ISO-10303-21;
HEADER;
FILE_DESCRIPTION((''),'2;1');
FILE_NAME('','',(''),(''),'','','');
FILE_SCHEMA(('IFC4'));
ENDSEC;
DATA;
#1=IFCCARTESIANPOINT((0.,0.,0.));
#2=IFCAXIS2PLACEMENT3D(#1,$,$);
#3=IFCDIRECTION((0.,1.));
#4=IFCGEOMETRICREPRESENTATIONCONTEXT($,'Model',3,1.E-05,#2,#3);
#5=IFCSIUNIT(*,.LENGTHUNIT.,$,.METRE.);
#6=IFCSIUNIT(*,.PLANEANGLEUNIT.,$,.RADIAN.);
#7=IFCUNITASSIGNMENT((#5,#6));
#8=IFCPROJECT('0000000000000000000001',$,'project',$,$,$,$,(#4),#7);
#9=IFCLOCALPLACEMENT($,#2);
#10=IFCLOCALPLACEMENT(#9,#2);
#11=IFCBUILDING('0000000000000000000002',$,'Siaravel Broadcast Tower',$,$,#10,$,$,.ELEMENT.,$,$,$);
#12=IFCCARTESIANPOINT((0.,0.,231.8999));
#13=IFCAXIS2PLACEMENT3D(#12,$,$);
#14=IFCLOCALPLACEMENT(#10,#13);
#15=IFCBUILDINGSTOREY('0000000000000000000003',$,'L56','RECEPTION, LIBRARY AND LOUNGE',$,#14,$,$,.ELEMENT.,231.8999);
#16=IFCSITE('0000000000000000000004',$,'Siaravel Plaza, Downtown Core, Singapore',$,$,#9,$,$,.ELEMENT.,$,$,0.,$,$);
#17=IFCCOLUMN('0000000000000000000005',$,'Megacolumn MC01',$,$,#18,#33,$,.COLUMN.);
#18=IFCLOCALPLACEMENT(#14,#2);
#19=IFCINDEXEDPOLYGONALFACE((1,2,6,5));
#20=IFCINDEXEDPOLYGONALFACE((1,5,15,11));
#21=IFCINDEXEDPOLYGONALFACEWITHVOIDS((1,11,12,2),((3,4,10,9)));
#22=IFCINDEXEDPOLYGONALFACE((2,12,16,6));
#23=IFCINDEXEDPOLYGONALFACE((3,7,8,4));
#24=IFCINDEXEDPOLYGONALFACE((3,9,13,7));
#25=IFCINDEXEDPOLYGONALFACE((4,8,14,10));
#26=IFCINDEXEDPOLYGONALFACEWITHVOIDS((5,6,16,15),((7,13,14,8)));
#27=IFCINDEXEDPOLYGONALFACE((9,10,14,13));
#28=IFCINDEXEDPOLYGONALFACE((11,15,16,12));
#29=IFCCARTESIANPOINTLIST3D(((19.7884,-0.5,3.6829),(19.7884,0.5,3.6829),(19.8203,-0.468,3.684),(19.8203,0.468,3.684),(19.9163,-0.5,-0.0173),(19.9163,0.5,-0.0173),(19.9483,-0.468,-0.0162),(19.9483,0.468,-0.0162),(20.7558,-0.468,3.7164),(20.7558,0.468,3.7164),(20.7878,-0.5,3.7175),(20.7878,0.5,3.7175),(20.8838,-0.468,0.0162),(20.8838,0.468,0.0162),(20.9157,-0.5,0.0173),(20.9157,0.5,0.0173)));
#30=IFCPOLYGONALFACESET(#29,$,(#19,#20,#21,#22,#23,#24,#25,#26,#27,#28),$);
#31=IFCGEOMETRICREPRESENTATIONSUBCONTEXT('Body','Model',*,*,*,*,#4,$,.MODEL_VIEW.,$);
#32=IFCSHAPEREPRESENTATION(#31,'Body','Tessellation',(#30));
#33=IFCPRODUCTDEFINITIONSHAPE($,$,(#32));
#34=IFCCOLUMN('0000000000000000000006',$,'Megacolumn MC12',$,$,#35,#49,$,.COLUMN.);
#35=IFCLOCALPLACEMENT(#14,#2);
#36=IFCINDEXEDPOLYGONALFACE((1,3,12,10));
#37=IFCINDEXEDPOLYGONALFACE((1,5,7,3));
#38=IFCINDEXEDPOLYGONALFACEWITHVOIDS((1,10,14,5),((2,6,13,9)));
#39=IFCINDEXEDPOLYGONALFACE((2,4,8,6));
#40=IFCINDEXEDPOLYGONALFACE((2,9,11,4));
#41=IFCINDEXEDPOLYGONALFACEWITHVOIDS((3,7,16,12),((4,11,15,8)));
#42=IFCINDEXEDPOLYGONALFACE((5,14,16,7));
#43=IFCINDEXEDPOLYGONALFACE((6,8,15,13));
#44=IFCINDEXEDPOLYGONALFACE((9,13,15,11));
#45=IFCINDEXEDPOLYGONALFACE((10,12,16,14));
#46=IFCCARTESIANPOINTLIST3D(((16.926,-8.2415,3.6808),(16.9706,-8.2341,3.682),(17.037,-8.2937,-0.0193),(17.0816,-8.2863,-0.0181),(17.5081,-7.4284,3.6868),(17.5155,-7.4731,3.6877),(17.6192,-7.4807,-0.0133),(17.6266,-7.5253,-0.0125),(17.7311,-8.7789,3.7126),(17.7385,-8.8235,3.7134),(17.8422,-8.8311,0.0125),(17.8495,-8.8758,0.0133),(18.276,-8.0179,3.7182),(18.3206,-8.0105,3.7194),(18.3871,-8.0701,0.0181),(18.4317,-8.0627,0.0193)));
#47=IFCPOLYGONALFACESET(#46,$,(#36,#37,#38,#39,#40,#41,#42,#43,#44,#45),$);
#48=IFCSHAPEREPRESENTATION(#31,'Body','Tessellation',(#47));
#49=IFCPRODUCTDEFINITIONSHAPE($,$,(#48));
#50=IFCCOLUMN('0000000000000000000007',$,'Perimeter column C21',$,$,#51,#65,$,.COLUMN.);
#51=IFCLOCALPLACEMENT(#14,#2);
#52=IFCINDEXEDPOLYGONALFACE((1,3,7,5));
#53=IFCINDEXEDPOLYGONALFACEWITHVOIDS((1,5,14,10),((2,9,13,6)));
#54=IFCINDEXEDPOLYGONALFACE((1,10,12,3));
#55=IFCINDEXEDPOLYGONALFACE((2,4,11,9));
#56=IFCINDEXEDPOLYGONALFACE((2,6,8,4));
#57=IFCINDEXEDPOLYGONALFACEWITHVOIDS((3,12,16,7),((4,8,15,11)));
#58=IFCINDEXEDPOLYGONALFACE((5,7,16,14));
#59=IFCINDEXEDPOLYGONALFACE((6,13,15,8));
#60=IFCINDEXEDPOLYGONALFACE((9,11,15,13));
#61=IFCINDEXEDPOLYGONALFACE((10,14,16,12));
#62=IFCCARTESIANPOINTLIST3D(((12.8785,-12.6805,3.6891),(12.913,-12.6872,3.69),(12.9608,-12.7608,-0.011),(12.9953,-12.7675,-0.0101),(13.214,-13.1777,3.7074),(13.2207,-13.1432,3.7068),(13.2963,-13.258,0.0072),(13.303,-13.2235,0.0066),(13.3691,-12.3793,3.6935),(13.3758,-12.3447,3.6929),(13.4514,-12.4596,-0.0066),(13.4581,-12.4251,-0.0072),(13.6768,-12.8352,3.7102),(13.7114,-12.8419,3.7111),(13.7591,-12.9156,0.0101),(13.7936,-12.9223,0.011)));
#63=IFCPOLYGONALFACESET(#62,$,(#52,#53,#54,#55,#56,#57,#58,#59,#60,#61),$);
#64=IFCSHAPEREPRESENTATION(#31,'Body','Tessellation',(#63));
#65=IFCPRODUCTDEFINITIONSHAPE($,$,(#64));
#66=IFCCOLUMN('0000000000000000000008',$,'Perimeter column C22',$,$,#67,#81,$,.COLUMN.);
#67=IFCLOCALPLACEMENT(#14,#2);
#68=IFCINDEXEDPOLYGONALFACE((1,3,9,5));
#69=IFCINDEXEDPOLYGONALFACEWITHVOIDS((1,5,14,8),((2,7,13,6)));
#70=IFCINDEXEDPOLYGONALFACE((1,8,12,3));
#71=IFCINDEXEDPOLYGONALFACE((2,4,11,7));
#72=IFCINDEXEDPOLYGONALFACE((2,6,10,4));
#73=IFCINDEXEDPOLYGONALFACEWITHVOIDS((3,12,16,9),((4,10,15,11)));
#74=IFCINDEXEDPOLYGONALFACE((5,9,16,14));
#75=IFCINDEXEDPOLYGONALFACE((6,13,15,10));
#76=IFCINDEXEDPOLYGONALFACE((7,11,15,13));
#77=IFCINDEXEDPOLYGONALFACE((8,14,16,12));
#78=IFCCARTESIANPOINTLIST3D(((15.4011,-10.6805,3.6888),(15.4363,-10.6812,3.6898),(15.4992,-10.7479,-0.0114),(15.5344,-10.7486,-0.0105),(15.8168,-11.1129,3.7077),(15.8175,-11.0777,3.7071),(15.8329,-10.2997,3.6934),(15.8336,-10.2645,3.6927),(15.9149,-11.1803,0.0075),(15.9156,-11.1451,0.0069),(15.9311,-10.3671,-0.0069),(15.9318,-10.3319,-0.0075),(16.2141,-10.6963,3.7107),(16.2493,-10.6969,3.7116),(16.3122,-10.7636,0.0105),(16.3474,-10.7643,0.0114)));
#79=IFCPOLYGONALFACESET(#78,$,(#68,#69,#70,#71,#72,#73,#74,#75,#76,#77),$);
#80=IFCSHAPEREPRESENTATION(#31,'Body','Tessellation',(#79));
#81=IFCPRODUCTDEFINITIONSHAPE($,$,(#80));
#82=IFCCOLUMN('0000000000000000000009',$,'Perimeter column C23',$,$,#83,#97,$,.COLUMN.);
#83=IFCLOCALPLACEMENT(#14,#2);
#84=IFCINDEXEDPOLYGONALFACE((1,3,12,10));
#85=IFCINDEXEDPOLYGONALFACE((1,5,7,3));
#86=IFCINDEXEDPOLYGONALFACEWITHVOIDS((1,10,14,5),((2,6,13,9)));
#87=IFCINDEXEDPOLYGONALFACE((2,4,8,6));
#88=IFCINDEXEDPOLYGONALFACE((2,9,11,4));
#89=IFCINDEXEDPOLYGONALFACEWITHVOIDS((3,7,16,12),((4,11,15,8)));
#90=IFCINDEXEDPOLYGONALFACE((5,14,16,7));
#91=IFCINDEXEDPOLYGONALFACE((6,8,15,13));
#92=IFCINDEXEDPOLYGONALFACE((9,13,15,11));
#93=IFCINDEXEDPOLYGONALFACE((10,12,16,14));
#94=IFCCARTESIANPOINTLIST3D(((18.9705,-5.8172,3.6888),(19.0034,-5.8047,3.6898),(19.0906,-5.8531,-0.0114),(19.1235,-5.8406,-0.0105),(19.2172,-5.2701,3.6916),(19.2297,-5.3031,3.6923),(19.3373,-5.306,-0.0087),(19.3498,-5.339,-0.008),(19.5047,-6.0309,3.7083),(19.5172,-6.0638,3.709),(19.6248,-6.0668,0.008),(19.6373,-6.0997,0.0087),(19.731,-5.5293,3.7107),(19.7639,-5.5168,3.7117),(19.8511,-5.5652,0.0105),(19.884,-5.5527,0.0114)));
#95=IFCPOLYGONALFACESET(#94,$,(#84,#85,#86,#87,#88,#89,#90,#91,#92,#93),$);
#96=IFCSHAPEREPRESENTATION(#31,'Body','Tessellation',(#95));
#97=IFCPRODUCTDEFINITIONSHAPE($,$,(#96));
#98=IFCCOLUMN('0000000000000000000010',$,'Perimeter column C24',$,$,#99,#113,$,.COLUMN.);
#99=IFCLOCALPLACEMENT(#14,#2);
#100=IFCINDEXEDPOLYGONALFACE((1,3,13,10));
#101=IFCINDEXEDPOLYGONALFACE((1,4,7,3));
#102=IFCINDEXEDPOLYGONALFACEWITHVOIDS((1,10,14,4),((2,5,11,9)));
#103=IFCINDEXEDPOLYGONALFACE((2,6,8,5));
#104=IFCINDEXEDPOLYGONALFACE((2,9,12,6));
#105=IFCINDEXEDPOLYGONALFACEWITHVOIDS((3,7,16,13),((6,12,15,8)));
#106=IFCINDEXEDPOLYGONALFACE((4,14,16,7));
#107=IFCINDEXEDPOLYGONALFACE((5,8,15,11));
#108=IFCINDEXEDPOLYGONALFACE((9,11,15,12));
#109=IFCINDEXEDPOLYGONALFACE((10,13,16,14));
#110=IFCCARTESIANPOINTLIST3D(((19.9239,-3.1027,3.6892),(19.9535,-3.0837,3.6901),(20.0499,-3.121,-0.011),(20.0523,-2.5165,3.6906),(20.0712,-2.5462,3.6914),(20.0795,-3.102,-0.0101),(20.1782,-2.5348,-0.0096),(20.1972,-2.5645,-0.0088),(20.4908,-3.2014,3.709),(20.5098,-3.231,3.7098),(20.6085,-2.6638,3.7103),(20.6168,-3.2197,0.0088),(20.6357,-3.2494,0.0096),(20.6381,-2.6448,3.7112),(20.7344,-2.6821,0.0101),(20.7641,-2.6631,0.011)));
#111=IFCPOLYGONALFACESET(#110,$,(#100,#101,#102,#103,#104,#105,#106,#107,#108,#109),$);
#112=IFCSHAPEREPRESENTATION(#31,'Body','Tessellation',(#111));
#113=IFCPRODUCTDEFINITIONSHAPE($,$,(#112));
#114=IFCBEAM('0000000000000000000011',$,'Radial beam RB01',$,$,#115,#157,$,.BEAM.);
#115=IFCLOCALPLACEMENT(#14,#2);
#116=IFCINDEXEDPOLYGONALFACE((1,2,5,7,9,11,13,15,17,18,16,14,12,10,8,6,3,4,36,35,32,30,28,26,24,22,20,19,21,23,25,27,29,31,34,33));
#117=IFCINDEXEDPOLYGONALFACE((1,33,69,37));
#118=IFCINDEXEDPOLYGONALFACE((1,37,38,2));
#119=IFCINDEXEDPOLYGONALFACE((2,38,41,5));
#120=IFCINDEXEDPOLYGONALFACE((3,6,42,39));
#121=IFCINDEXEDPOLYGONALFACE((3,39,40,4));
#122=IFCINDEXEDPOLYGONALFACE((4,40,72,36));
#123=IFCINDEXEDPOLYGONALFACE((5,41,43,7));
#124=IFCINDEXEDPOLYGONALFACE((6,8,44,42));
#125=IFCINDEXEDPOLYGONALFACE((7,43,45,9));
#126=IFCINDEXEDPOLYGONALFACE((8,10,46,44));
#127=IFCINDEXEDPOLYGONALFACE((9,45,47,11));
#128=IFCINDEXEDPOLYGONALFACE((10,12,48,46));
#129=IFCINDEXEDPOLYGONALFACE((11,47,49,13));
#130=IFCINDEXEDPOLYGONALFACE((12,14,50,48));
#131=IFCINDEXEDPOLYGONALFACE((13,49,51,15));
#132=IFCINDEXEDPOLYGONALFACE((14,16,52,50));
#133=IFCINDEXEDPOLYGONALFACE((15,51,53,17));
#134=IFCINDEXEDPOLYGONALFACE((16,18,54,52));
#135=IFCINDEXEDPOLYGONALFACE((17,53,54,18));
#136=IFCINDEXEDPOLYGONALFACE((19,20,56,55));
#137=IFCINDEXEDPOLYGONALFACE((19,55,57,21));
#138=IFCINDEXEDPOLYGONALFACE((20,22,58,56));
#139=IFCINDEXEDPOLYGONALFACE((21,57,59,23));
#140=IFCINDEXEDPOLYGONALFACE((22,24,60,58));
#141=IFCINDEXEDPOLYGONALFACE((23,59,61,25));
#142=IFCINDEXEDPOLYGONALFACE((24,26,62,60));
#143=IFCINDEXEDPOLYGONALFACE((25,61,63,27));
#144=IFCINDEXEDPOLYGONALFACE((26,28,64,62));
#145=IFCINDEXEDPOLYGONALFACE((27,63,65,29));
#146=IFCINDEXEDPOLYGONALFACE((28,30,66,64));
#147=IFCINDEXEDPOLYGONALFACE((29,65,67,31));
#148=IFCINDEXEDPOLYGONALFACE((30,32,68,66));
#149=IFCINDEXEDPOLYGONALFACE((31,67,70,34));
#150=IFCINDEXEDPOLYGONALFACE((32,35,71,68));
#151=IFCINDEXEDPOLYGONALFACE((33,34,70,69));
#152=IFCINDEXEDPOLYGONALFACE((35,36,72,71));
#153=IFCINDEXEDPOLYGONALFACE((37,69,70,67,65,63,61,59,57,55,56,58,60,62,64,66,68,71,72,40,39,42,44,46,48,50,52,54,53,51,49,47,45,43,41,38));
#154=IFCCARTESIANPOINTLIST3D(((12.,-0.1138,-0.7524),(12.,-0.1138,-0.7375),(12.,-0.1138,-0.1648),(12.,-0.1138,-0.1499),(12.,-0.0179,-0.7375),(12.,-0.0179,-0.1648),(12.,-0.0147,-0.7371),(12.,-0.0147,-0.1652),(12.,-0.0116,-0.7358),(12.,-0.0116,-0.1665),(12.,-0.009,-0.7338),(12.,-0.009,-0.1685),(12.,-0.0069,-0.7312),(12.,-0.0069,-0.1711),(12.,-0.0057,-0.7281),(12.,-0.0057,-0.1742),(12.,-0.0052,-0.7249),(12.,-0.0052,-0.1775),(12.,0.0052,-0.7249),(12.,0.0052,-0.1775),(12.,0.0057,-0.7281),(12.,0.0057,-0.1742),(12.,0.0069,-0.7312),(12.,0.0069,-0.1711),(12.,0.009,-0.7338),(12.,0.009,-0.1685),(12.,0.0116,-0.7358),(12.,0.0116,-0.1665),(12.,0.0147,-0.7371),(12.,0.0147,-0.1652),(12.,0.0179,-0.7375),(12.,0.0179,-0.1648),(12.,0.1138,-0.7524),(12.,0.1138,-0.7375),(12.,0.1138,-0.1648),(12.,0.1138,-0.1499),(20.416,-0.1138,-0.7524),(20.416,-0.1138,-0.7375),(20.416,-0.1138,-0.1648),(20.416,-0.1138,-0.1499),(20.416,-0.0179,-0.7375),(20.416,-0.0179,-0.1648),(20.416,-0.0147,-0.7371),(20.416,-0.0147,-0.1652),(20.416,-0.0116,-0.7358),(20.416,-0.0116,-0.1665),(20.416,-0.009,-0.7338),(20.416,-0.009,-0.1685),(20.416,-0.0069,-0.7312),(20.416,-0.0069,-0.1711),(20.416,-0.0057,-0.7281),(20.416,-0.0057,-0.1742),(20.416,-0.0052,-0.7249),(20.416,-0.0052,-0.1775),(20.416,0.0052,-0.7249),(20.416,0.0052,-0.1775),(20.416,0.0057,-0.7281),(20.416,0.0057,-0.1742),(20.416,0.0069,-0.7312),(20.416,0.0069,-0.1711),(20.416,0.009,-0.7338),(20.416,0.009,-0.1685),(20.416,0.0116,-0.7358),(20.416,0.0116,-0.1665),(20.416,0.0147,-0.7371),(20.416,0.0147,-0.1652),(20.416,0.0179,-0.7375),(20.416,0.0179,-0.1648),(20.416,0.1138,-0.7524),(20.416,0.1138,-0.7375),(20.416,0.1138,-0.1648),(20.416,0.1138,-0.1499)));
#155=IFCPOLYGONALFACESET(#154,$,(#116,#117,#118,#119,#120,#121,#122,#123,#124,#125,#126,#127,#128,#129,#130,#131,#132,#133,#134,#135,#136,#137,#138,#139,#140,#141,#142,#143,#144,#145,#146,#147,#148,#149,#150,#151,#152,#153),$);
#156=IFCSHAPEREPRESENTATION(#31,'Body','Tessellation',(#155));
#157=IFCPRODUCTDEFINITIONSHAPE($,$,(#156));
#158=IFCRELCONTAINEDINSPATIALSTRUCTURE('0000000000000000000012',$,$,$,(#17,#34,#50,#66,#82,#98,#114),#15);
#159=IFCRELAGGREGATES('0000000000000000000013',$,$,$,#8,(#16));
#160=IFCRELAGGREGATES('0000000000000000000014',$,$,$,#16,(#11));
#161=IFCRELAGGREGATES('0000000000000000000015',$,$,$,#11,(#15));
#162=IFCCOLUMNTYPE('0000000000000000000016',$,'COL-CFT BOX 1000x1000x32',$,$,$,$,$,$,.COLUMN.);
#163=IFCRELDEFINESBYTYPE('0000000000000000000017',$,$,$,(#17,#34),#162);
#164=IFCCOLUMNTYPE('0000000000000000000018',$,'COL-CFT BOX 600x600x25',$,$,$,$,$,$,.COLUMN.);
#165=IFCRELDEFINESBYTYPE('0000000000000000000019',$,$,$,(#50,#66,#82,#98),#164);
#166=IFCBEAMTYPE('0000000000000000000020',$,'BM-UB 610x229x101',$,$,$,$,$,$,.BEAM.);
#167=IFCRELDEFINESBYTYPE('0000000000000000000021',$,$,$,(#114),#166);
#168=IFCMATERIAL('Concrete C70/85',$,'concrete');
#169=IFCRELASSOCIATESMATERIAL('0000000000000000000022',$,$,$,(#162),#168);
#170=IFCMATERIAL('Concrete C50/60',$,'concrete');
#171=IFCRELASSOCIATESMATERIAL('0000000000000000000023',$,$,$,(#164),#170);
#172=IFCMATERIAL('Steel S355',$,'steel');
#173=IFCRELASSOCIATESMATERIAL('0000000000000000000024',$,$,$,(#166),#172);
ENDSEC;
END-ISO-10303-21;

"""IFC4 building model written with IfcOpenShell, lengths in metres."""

from ifc_helpers import new_model, si_unit, direction, frame, origin, origin_2d, place, context, subcontext, project, spatial, hollow_rectangle, i_section, extrude, material, material_profile, profile_set, type_object, element, save


model = new_model("IFC4")

# Units and contexts
model_context = context("Model", 3, precision=1e-05, world=origin(), true_north=direction((0.0, 1.0)))
body_context = subcontext(model_context, "Body", "Model", "MODEL_VIEW")
ifc_project = project(units=[si_unit("LENGTHUNIT", "METRE"), si_unit("PLANEANGLEUNIT", "RADIAN")], contexts=[model_context])

# Site, building, storey
site_placement = place(None, origin())
site = spatial("IfcSite", under=ifc_project, at=site_placement, Name="Siaravel Plaza, Downtown Core, Singapore", CompositionType="ELEMENT", RefElevation=0.0)
building_placement = place(site_placement, origin())
building = spatial("IfcBuilding", under=site, at=building_placement, Name="Siaravel Broadcast Tower", CompositionType="ELEMENT")
storey_placement = place(building_placement, frame((0.0, 0.0, 231.8999)))
storey = spatial("IfcBuildingStorey", under=building, at=storey_placement, Name="L56", Description="RECEPTION, LIBRARY AND LOUNGE", CompositionType="ELEMENT", Elevation=231.8999)

# Columns
ifc_material_1 = material(Name="Concrete C70/85", Category="concrete")
ifc_material_profile_1 = material_profile(ifc_material_1, hollow_rectangle(XDim=1.0, YDim=1.0, WallThickness=0.032, at=origin_2d()))
ifc_profile_set_1 = profile_set([ifc_material_profile_1], Name="Concrete C70/85")
column_type_1 = type_object("IfcColumnType", Name="COL-CFT BOX 1000x1000x32", PredefinedType="COLUMN", material=ifc_profile_set_1)
column_1_placement = place(storey_placement, frame((20.416, 0.0, 0.0), z_axis=(-0.034553, 0.0, 0.999403), x_axis=(0.0, -1.0, 0.0)))
element("IfcColumn", 1, at=column_1_placement, inside=storey, type_object=column_type_1, Name="Megacolumn MC01", PredefinedType="COLUMN", context=body_context, shape_type="SweptSolid", body=[
    extrude(hollow_rectangle(XDim=1.0, YDim=1.0, WallThickness=0.032, at=origin_2d()), origin(), (0.0, 0.0, 1.0), 3.7024),
])
column_2_placement = place(storey_placement, frame((17.7344, -8.1782, 0.0), z_axis=(-0.030005, 0.014112, 0.99945), x_axis=(-0.582175, -0.813042, -0.005998)))
element("IfcColumn", 2, at=column_2_placement, inside=storey, type_object=column_type_1, Name="Megacolumn MC12", PredefinedType="COLUMN", context=body_context, shape_type="SweptSolid", body=[
    extrude(hollow_rectangle(XDim=1.0, YDim=1.0, WallThickness=0.032, at=origin_2d()), origin(), (0.0, 0.0, 1.0), 3.7021),
])
ifc_material_2 = material(Name="Concrete C50/60", Category="concrete")
ifc_material_profile_2 = material_profile(ifc_material_2, hollow_rectangle(XDim=0.6001, YDim=0.6001, WallThickness=0.0249, at=origin_2d()))
ifc_profile_set_2 = profile_set([ifc_material_profile_2], Name="Concrete C50/60")
column_type_2 = type_object("IfcColumnType", Name="COL-CFT BOX 600x600x25", PredefinedType="COLUMN", material=ifc_profile_set_2)
column_3_placement = place(storey_placement, frame((13.3772, -12.8416, 0.0), z_axis=(-0.022225, 0.021697, 0.999518), x_axis=(-0.82878, -0.559539, -0.006282)))
element("IfcColumn", 3, at=column_3_placement, inside=storey, type_object=column_type_2, Name="Perimeter column C21", PredefinedType="COLUMN", context=body_context, shape_type="SweptSolid", body=[
    extrude(hollow_rectangle(XDim=0.6001, YDim=0.6001, WallThickness=0.0249, at=origin_2d()), origin(), (0.0, 0.0, 1.0), 3.7019),
])
column_4_placement = place(storey_placement, frame((15.9233, -10.7561, 0.0), z_axis=(-0.02651, 0.018201, 0.999483), x_axis=(-0.720758, -0.693156, -0.006495)))
element("IfcColumn", 4, at=column_4_placement, inside=storey, type_object=column_type_2, Name="Perimeter column C22", PredefinedType="COLUMN", context=body_context, shape_type="SweptSolid", body=[
    extrude(hollow_rectangle(XDim=0.6001, YDim=0.6001, WallThickness=0.0249, at=origin_2d()), origin(), (0.0, 0.0, 1.0), 3.7021),
])
for number, where, z_axis, x_axis, name in (
    (5, (19.4873, -5.7029, 0.0), (-0.032444, 0.009694, 0.999427), (-0.411141, -0.911561, -0.004505), "Perimeter column C23"),
    (6, (20.407, -2.8921, 0.0), (-0.034026, 0.004946, 0.999409), (-0.213875, -0.976858, -0.002448), "Perimeter column C24"),
):
    element("IfcColumn", number, at=place(storey_placement, frame(where, z_axis=z_axis, x_axis=x_axis)), inside=storey, type_object=column_type_2, Name=name, PredefinedType="COLUMN", context=body_context, shape_type="SweptSolid", body=[
        extrude(hollow_rectangle(XDim=0.6001, YDim=0.6001, WallThickness=0.0249, at=origin_2d()), origin(), (0.0, 0.0, 1.0), 3.7024),
    ])

# Beam
ifc_material_3 = material(Name="Steel S355", Category="steel")
ifc_material_profile_3 = material_profile(ifc_material_3, i_section(OverallWidth=0.2275, OverallDepth=0.6025, WebThickness=0.0105, FlangeThickness=0.0149, FilletRadius=0.0127, at=origin_2d()))
ifc_profile_set_3 = profile_set([ifc_material_profile_3], Name="Steel S355")
beam_type = type_object("IfcBeamType", Name="BM-UB 610x229x101", PredefinedType="BEAM", material=ifc_profile_set_3)
beam_1_placement = place(storey_placement, frame((20.416, 0.0, -0.4512), z_axis=(-1.0, 0.0, 0.0), x_axis=(0.0, -1.0, 0.0)))
element("IfcBeam", 7, at=beam_1_placement, inside=storey, type_object=beam_type, Name="Radial beam RB01", PredefinedType="BEAM", context=body_context, shape_type="SweptSolid", body=[
    extrude(i_section(OverallWidth=0.2275, OverallDepth=0.6025, WebThickness=0.0105, FlangeThickness=0.0149, FilletRadius=0.0127, at=origin_2d()), origin(), (0.0, 0.0, 1.0), 8.416),
])

save(model, "model.ifc")
